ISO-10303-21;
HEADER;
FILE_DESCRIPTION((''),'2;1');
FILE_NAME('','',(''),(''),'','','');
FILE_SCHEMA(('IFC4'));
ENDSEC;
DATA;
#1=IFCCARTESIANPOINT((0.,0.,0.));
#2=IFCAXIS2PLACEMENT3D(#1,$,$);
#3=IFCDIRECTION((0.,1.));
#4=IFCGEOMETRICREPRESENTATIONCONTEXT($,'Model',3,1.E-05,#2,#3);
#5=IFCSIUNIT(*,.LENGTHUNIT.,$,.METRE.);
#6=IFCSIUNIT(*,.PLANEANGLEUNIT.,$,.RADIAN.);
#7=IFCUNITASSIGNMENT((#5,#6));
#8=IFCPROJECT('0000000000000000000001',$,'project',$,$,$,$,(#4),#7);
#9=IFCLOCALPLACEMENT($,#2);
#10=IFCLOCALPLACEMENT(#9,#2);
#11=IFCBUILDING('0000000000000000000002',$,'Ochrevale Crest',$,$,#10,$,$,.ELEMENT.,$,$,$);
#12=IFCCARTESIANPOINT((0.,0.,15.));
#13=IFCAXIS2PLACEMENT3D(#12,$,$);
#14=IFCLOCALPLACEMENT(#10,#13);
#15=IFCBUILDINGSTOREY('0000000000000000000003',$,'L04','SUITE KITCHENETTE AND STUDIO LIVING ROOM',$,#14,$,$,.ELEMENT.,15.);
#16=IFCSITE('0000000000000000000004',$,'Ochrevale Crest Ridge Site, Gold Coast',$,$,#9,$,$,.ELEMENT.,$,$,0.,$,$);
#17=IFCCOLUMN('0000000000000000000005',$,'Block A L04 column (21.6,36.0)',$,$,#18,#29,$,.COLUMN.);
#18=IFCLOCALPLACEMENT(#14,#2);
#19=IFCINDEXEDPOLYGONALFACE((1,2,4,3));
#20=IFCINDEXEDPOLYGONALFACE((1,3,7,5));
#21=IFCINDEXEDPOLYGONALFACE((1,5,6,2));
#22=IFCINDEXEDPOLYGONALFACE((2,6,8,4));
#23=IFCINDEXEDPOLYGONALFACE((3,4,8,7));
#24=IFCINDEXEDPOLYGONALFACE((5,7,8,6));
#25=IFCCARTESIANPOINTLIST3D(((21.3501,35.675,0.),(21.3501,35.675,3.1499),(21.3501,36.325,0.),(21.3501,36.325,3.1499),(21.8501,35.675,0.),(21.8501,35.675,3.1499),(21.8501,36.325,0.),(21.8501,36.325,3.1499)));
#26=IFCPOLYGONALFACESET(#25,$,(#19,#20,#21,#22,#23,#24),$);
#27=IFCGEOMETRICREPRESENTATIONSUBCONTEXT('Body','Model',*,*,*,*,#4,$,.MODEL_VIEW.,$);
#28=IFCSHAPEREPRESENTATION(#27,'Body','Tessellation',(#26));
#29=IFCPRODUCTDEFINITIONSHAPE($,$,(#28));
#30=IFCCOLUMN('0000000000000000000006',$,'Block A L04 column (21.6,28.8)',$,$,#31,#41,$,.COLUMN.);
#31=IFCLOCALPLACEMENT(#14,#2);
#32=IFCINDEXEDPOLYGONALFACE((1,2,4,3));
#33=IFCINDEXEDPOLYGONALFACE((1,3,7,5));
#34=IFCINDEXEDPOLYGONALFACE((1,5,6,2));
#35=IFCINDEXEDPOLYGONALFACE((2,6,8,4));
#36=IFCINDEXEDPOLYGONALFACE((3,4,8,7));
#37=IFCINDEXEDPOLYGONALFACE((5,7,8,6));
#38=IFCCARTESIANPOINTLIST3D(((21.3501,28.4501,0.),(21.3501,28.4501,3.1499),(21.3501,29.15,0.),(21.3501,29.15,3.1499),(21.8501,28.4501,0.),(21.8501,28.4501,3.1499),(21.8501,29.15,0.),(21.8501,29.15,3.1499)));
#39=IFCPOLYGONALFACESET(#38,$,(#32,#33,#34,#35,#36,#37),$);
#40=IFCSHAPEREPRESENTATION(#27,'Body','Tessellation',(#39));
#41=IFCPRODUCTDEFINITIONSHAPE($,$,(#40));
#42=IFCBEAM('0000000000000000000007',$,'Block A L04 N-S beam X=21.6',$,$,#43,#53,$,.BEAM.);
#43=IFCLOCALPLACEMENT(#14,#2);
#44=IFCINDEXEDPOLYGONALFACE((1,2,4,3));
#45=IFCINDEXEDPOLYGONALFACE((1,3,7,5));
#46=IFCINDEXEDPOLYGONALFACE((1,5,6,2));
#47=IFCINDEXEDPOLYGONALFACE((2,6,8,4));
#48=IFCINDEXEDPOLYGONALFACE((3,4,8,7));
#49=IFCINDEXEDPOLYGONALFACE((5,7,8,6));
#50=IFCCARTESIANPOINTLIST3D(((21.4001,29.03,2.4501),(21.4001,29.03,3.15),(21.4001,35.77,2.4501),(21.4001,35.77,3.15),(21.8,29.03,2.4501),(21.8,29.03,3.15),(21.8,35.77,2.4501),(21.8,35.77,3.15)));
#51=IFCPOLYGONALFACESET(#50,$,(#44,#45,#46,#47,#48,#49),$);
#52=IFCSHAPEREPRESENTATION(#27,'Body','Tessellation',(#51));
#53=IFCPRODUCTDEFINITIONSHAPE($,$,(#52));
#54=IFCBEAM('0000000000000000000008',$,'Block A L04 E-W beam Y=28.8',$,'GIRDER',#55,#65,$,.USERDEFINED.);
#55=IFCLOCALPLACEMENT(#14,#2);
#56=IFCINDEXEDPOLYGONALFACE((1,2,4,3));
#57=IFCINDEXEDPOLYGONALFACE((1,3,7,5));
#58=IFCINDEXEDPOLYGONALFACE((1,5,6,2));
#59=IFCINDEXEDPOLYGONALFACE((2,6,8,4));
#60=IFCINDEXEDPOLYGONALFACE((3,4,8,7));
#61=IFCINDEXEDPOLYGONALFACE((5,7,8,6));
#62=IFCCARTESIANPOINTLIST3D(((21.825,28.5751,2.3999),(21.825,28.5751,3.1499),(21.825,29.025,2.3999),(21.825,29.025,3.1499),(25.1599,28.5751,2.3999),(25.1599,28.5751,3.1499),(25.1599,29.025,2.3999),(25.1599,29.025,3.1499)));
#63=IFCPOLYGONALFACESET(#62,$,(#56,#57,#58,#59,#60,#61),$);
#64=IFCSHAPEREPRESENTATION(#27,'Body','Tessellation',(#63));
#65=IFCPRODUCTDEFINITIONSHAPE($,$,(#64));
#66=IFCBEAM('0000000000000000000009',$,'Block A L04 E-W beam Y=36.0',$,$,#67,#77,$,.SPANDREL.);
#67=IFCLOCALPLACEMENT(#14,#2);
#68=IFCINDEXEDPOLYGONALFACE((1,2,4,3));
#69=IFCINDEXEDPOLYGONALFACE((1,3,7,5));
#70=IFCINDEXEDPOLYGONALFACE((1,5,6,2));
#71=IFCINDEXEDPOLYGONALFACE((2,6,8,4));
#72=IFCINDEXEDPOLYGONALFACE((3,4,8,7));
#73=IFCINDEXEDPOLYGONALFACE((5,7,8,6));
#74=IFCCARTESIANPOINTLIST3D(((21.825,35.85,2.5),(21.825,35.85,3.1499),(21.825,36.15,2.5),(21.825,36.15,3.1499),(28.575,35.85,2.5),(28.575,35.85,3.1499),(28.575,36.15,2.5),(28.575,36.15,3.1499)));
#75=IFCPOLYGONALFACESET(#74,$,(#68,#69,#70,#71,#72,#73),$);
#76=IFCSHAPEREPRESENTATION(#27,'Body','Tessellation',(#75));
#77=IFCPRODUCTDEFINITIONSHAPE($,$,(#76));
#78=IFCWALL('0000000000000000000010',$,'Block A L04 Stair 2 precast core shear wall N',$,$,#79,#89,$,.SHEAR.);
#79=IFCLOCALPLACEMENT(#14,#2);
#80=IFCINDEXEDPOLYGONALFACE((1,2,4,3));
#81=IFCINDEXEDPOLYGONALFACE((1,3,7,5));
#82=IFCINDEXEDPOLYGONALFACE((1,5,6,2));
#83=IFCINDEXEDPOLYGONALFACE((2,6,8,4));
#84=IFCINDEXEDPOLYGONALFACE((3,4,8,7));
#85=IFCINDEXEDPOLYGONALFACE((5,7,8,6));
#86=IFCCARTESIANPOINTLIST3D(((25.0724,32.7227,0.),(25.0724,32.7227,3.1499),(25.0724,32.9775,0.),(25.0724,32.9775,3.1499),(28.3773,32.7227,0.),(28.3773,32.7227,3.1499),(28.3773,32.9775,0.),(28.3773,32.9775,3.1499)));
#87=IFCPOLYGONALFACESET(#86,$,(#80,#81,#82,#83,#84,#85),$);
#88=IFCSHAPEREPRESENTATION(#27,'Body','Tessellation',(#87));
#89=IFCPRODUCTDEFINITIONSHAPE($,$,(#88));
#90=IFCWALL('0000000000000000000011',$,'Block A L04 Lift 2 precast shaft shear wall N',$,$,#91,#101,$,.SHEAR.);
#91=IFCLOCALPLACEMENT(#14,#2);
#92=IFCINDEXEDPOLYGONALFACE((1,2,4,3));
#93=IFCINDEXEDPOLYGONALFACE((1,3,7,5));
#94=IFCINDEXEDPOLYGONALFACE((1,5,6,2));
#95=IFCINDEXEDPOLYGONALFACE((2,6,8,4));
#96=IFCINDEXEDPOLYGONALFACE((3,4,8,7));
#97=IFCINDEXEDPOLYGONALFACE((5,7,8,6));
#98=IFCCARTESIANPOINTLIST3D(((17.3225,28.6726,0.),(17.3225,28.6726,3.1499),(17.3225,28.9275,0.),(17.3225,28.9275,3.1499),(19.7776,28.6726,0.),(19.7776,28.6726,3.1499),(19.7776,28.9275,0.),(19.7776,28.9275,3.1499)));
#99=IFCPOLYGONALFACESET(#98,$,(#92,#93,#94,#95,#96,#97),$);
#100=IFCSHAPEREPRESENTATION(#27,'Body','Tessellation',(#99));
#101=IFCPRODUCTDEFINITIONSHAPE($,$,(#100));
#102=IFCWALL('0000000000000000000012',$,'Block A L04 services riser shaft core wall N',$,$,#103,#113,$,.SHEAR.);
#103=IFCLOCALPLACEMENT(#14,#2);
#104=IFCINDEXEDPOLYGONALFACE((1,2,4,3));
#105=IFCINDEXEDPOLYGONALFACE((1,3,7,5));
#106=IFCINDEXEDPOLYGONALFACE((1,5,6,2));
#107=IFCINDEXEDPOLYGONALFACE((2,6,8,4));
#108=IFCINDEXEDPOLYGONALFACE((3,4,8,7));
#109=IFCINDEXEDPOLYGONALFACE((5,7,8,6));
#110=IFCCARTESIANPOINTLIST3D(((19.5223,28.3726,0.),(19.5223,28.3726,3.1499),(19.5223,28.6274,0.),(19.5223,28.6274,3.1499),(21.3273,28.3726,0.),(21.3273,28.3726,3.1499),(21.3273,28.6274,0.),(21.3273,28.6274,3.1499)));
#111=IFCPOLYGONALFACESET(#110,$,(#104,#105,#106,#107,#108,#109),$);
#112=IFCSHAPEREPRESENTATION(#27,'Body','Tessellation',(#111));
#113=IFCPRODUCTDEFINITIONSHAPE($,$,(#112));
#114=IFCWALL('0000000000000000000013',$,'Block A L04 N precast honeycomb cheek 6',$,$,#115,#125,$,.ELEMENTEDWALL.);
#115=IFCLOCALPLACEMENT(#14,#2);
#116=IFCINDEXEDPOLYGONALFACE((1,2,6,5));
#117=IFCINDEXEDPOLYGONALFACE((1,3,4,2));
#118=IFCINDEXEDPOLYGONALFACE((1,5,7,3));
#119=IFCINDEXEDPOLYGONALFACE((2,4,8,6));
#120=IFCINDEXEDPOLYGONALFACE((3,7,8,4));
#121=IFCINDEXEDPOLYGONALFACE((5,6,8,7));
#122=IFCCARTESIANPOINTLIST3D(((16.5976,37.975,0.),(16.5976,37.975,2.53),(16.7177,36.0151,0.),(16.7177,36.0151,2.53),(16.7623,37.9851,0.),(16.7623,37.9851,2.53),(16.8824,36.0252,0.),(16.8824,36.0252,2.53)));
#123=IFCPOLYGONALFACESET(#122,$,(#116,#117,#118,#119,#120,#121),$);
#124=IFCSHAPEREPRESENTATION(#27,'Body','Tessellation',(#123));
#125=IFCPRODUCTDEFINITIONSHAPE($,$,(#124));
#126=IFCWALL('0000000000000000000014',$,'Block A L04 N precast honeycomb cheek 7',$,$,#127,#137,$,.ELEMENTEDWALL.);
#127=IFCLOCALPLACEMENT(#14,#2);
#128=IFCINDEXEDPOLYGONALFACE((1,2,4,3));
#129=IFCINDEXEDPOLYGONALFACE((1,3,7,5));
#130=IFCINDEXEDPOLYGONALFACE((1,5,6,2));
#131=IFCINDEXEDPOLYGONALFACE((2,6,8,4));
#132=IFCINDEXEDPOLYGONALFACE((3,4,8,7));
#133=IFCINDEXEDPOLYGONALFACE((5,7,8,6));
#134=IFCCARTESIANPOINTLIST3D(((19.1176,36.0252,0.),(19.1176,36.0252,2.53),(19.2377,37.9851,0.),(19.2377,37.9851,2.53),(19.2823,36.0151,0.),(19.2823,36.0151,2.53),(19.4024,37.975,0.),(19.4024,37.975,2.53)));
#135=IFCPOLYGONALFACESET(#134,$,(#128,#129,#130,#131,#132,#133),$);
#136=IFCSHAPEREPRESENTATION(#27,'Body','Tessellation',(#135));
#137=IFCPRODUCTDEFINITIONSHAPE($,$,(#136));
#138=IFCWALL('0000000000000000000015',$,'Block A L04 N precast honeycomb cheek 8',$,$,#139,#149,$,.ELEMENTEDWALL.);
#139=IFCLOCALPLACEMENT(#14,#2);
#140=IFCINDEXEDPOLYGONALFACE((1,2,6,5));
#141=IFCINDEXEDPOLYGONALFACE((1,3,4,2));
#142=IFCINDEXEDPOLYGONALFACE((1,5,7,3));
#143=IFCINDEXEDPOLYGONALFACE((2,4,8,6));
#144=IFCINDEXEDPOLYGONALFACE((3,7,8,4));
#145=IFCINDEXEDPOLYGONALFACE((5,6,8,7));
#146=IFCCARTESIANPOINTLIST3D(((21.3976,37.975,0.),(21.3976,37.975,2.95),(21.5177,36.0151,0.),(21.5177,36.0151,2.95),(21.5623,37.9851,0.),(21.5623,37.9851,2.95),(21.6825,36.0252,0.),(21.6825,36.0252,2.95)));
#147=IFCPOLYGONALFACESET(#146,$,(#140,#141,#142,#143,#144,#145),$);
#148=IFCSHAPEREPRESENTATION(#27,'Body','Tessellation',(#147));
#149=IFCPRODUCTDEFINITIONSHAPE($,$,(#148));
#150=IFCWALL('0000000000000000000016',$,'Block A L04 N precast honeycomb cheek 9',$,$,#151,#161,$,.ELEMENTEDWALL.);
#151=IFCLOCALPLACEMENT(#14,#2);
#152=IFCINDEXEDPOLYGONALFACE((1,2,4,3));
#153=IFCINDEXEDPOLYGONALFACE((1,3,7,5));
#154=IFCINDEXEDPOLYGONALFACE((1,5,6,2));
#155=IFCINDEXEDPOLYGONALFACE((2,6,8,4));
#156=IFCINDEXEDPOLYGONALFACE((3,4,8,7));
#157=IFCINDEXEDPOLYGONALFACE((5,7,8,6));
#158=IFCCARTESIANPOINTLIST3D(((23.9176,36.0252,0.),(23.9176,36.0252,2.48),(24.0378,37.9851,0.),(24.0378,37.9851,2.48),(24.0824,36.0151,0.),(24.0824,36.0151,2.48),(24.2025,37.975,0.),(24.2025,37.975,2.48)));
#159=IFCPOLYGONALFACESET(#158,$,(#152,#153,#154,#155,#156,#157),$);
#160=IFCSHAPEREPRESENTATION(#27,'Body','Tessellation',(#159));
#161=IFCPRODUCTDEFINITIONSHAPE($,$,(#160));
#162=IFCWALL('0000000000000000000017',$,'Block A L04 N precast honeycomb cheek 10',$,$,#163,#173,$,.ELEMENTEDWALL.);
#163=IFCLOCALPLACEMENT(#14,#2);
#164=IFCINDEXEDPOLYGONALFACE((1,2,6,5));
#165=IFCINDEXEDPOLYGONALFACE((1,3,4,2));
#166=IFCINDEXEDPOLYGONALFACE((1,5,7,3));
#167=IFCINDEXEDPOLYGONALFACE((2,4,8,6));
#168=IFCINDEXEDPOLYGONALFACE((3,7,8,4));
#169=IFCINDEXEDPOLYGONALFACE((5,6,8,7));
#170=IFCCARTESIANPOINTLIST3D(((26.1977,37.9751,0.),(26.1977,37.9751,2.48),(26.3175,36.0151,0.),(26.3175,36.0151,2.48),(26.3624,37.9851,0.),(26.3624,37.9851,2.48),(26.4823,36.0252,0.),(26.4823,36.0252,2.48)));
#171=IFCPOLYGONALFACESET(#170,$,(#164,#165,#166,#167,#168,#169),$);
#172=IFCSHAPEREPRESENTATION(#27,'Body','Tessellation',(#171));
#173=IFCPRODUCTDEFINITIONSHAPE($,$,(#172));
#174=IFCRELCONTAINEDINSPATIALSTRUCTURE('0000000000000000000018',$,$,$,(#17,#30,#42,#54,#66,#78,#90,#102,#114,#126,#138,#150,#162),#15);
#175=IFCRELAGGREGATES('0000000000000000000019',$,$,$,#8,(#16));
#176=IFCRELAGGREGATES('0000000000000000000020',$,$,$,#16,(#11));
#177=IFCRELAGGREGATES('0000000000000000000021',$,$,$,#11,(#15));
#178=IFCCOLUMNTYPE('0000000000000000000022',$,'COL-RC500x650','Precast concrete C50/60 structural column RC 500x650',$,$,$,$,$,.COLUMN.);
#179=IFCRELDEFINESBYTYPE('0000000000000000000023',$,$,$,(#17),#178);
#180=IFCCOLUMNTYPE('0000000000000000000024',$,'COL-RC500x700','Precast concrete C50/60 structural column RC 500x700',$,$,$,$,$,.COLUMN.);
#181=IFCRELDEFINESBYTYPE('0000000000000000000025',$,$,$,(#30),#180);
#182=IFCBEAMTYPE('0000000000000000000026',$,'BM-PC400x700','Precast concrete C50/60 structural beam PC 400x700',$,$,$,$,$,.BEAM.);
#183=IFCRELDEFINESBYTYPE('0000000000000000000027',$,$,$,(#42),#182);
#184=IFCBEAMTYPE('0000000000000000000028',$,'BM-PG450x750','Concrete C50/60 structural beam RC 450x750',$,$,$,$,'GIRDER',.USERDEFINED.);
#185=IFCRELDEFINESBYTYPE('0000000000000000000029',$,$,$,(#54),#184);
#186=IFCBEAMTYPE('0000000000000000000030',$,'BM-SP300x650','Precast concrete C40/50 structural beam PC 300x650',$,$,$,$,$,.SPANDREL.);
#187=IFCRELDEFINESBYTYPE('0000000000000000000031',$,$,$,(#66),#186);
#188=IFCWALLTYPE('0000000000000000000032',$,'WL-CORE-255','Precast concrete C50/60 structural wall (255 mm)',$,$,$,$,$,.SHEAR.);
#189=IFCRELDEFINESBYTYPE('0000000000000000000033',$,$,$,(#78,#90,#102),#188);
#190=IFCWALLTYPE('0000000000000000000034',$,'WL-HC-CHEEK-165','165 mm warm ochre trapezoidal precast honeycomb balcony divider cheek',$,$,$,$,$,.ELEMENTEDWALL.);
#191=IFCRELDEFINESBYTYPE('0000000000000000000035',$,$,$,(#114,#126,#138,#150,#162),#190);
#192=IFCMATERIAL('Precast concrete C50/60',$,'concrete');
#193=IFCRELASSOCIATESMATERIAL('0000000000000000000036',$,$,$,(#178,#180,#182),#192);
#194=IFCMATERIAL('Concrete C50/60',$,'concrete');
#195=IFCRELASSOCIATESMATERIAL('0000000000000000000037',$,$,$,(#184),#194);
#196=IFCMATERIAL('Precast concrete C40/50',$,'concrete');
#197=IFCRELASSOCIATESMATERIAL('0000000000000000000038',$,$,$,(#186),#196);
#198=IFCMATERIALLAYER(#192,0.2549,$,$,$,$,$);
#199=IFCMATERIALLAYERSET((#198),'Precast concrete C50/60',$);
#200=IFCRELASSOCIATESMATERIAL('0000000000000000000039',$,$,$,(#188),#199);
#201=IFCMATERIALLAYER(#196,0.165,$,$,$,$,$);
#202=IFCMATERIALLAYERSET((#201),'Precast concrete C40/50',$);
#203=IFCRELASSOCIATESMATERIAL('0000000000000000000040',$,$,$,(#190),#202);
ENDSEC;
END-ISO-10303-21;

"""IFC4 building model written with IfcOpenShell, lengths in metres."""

from ifc_helpers import new_model, si_unit, direction, frame, frame_2d, origin, origin_2d, place, context, subcontext, project, spatial, rectangle, extrude, material, layer, layer_set, material_profile, profile_set, type_object, element, save


model = new_model("IFC4")

# Units and contexts
model_context = context("Model", 3, precision=1e-05, world=origin(), true_north=direction((0.0, 1.0)))
body_context = subcontext(model_context, "Body", "Model", "MODEL_VIEW")
ifc_project = project(units=[si_unit("LENGTHUNIT", "METRE"), si_unit("PLANEANGLEUNIT", "RADIAN")], contexts=[model_context])

# Site, building, storey
site_placement = place(None, origin())
site = spatial("IfcSite", under=ifc_project, at=site_placement, Name="Ochrevale Crest Ridge Site, Gold Coast", CompositionType="ELEMENT", RefElevation=0.0)
building_placement = place(site_placement, origin())
building = spatial("IfcBuilding", under=site, at=building_placement, Name="Ochrevale Crest", CompositionType="ELEMENT")
storey_placement = place(building_placement, frame((0.0, 0.0, 15.0)))
storey = spatial("IfcBuildingStorey", under=building, at=storey_placement, Name="L04", Description="SUITE KITCHENETTE AND STUDIO LIVING ROOM", CompositionType="ELEMENT", Elevation=15.0)

# Columns
ifc_material_1 = material(Name="Precast concrete C50/60", Category="concrete")
ifc_material_profile_1 = material_profile(ifc_material_1, rectangle(XDim=0.5, YDim=0.6499, at=origin_2d()), Name="RC 500x650")
ifc_profile_set_1 = profile_set([ifc_material_profile_1], Name="Precast concrete C50/60")
column_type_1 = type_object("IfcColumnType", Name="COL-RC500x650", Description="Precast concrete C50/60 structural column RC 500x650", PredefinedType="COLUMN", material=ifc_profile_set_1)
column_1_placement = place(storey_placement, frame((21.6001, 36.0, 0.0), z_axis=(0.0, 0.0, 1.0), x_axis=(1.0, 0.0, 0.0)))
element("IfcColumn", 1, at=column_1_placement, inside=storey, type_object=column_type_1, Name="Block A L04 column (21.6,36.0)", PredefinedType="COLUMN", context=body_context, shape_type="SweptSolid", body=[
    extrude(rectangle(XDim=0.5, YDim=0.6499, at=origin_2d()), origin(), (0.0, 0.0, 1.0), 3.1499),
])
ifc_material_profile_2 = material_profile(ifc_material_1, rectangle(XDim=0.5, YDim=0.7, at=origin_2d()), Name="RC 500x700")
ifc_profile_set_2 = profile_set([ifc_material_profile_2], Name="Precast concrete C50/60")
column_type_2 = type_object("IfcColumnType", Name="COL-RC500x700", Description="Precast concrete C50/60 structural column RC 500x700", PredefinedType="COLUMN", material=ifc_profile_set_2)
column_2_placement = place(storey_placement, frame((21.6001, 28.8, 0.0), z_axis=(0.0, 0.0, 1.0), x_axis=(1.0, 0.0, 0.0)))
element("IfcColumn", 2, at=column_2_placement, inside=storey, type_object=column_type_2, Name="Block A L04 column (21.6,28.8)", PredefinedType="COLUMN", context=body_context, shape_type="SweptSolid", body=[
    extrude(rectangle(XDim=0.5, YDim=0.7, at=origin_2d()), origin(), (0.0, 0.0, 1.0), 3.1499),
])

# Beams
ifc_material_profile_3 = material_profile(ifc_material_1, rectangle(XDim=0.3999, YDim=0.7, at=origin_2d()), Name="PC 400x700")
ifc_profile_set_3 = profile_set([ifc_material_profile_3], Name="Precast concrete C50/60")
beam_type_1 = type_object("IfcBeamType", Name="BM-PC400x700", Description="Precast concrete C50/60 structural beam PC 400x700", PredefinedType="BEAM", material=ifc_profile_set_3)
beam_1_placement = place(storey_placement, frame((21.6001, 29.03, 2.8), z_axis=(0.0, 1.0, 0.0), x_axis=(-1.0, 0.0, 0.0)))
element("IfcBeam", 3, at=beam_1_placement, inside=storey, type_object=beam_type_1, Name="Block A L04 N-S beam X=21.6", PredefinedType="BEAM", context=body_context, shape_type="SweptSolid", body=[
    extrude(rectangle(XDim=0.3999, YDim=0.7, at=origin_2d()), origin(), (0.0, 0.0, 1.0), 6.74),
])
ifc_material_2 = material(Name="Concrete C50/60", Category="concrete")
ifc_material_profile_4 = material_profile(ifc_material_2, rectangle(XDim=0.45, YDim=0.75, at=origin_2d()), Name="RC 450x750")
ifc_profile_set_4 = profile_set([ifc_material_profile_4], Name="Concrete C50/60")
beam_type_2 = type_object("IfcBeamType", Name="BM-PG450x750", Description="Concrete C50/60 structural beam RC 450x750", ElementType="GIRDER", PredefinedType="USERDEFINED", material=ifc_profile_set_4)
beam_2_placement = place(storey_placement, frame((21.825, 28.8, 2.7749), z_axis=(1.0, 0.0, 0.0), x_axis=(0.0, 1.0, 0.0)))
element("IfcBeam", 4, at=beam_2_placement, inside=storey, type_object=beam_type_2, Name="Block A L04 E-W beam Y=28.8", ObjectType="GIRDER", PredefinedType="USERDEFINED", context=body_context, shape_type="SweptSolid", body=[
    extrude(rectangle(XDim=0.45, YDim=0.75, at=origin_2d()), origin(), (0.0, 0.0, 1.0), 3.335),
])
ifc_material_3 = material(Name="Precast concrete C40/50", Category="concrete")
ifc_material_profile_5 = material_profile(ifc_material_3, rectangle(XDim=0.3, YDim=0.6499, at=origin_2d()), Name="PC 300x650")
ifc_profile_set_5 = profile_set([ifc_material_profile_5], Name="Precast concrete C40/50")
beam_type_3 = type_object("IfcBeamType", Name="BM-SP300x650", Description="Precast concrete C40/50 structural beam PC 300x650", PredefinedType="SPANDREL", material=ifc_profile_set_5)
beam_3_placement = place(storey_placement, frame((21.825, 36.0, 2.825), z_axis=(1.0, 0.0, 0.0), x_axis=(0.0, 1.0, 0.0)))
element("IfcBeam", 5, at=beam_3_placement, inside=storey, type_object=beam_type_3, Name="Block A L04 E-W beam Y=36.0", PredefinedType="SPANDREL", context=body_context, shape_type="SweptSolid", body=[
    extrude(rectangle(XDim=0.3, YDim=0.6499, at=origin_2d()), origin(), (0.0, 0.0, 1.0), 6.75),
])

# Walls
ifc_layer_1 = layer(ifc_material_1, 0.2549)
ifc_layer_set_1 = layer_set([ifc_layer_1], Name="Precast concrete C50/60")
wall_type_1 = type_object("IfcWallType", Name="WL-CORE-255", Description="Precast concrete C50/60 structural wall (255 mm)", PredefinedType="SHEAR", material=ifc_layer_set_1)
wall_1_placement = place(storey_placement, frame((25.0725, 32.8501, 0.0), z_axis=(0.0, 0.0, 1.0), x_axis=(1.0, 0.0, 0.0)))
element("IfcWall", 6, at=wall_1_placement, inside=storey, type_object=wall_type_1, Name="Block A L04 Stair 2 precast core shear wall N", PredefinedType="SHEAR", context=body_context, shape_type="SweptSolid", body=[
    extrude(rectangle(XDim=3.3049, YDim=0.2549, at=frame_2d((1.6523, 0.0))), origin(), (0.0, 0.0, 1.0), 3.1499),
])
wall_2_placement = place(storey_placement, frame((17.3225, 28.8, 0.0), z_axis=(0.0, 0.0, 1.0), x_axis=(1.0, 0.0, 0.0)))
element("IfcWall", 7, at=wall_2_placement, inside=storey, type_object=wall_type_1, Name="Block A L04 Lift 2 precast shaft shear wall N", PredefinedType="SHEAR", context=body_context, shape_type="SweptSolid", body=[
    extrude(rectangle(XDim=2.4551, YDim=0.2549, at=frame_2d((1.2275, 0.0))), origin(), (0.0, 0.0, 1.0), 3.1499),
])
wall_3_placement = place(storey_placement, frame((19.5225, 28.5, 0.0), z_axis=(0.0, 0.0, 1.0), x_axis=(1.0, 0.0, 0.0)))
element("IfcWall", 8, at=wall_3_placement, inside=storey, type_object=wall_type_1, Name="Block A L04 services riser shaft core wall N", PredefinedType="SHEAR", context=body_context, shape_type="SweptSolid", body=[
    extrude(rectangle(XDim=1.8049, YDim=0.2549, at=frame_2d((0.9023, 0.0))), origin(), (0.0, 0.0, 1.0), 3.1499),
])
ifc_layer_2 = layer(ifc_material_3, 0.165)
ifc_layer_set_2 = layer_set([ifc_layer_2], Name="Precast concrete C40/50")
wall_type_2 = type_object("IfcWallType", Name="WL-HC-CHEEK-165", Description="165 mm warm ochre trapezoidal precast honeycomb balcony divider cheek", PredefinedType="ELEMENTEDWALL", material=ifc_layer_set_2)
for number, where, z_axis, x_axis, name in (
    (9, (16.8, 36.02, 0.0), (0.0, 0.0, 1.0), (-0.061171, 0.998127, 0.0), "Block A L04 N precast honeycomb cheek 6"),
    (10, (19.2, 36.02, 0.0), (0.0, 0.0, 1.0), (0.061171, 0.998127, 0.0), "Block A L04 N precast honeycomb cheek 7"),
):
    element("IfcWall", number, at=place(storey_placement, frame(where, z_axis=z_axis, x_axis=x_axis)), inside=storey, type_object=wall_type_2, Name=name, PredefinedType="ELEMENTEDWALL", context=body_context, shape_type="SweptSolid", body=[
        extrude(rectangle(XDim=1.9636, YDim=0.165, at=frame_2d((0.9819, 0.0))), origin(), (0.0, 0.0, 1.0), 2.53),
    ])
wall_4_placement = place(storey_placement, frame((21.6001, 36.02, 0.0), z_axis=(0.0, 0.0, 1.0), x_axis=(-0.061171, 0.998127, 0.0)))
element("IfcWall", 11, at=wall_4_placement, inside=storey, type_object=wall_type_2, Name="Block A L04 N precast honeycomb cheek 8", PredefinedType="ELEMENTEDWALL", context=body_context, shape_type="SweptSolid", body=[
    extrude(rectangle(XDim=1.9636, YDim=0.165, at=frame_2d((0.9819, 0.0))), origin(), (0.0, 0.0, 1.0), 2.95),
])
for number, where, z_axis, x_axis, name in (
    (12, (24.0, 36.02, 0.0), (0.0, 0.0, 1.0), (0.061171, 0.998127, 0.0), "Block A L04 N precast honeycomb cheek 9"),
    (13, (26.3999, 36.02, 0.0), (0.0, 0.0, 1.0), (-0.061047, 0.998135, 0.0), "Block A L04 N precast honeycomb cheek 10"),
):
    element("IfcWall", number, at=place(storey_placement, frame(where, z_axis=z_axis, x_axis=x_axis)), inside=storey, type_object=wall_type_2, Name=name, PredefinedType="ELEMENTEDWALL", context=body_context, shape_type="SweptSolid", body=[
        extrude(rectangle(XDim=1.9636, YDim=0.165, at=frame_2d((0.9819, 0.0))), origin(), (0.0, 0.0, 1.0), 2.48),
    ])

save(model, "model.ifc")
